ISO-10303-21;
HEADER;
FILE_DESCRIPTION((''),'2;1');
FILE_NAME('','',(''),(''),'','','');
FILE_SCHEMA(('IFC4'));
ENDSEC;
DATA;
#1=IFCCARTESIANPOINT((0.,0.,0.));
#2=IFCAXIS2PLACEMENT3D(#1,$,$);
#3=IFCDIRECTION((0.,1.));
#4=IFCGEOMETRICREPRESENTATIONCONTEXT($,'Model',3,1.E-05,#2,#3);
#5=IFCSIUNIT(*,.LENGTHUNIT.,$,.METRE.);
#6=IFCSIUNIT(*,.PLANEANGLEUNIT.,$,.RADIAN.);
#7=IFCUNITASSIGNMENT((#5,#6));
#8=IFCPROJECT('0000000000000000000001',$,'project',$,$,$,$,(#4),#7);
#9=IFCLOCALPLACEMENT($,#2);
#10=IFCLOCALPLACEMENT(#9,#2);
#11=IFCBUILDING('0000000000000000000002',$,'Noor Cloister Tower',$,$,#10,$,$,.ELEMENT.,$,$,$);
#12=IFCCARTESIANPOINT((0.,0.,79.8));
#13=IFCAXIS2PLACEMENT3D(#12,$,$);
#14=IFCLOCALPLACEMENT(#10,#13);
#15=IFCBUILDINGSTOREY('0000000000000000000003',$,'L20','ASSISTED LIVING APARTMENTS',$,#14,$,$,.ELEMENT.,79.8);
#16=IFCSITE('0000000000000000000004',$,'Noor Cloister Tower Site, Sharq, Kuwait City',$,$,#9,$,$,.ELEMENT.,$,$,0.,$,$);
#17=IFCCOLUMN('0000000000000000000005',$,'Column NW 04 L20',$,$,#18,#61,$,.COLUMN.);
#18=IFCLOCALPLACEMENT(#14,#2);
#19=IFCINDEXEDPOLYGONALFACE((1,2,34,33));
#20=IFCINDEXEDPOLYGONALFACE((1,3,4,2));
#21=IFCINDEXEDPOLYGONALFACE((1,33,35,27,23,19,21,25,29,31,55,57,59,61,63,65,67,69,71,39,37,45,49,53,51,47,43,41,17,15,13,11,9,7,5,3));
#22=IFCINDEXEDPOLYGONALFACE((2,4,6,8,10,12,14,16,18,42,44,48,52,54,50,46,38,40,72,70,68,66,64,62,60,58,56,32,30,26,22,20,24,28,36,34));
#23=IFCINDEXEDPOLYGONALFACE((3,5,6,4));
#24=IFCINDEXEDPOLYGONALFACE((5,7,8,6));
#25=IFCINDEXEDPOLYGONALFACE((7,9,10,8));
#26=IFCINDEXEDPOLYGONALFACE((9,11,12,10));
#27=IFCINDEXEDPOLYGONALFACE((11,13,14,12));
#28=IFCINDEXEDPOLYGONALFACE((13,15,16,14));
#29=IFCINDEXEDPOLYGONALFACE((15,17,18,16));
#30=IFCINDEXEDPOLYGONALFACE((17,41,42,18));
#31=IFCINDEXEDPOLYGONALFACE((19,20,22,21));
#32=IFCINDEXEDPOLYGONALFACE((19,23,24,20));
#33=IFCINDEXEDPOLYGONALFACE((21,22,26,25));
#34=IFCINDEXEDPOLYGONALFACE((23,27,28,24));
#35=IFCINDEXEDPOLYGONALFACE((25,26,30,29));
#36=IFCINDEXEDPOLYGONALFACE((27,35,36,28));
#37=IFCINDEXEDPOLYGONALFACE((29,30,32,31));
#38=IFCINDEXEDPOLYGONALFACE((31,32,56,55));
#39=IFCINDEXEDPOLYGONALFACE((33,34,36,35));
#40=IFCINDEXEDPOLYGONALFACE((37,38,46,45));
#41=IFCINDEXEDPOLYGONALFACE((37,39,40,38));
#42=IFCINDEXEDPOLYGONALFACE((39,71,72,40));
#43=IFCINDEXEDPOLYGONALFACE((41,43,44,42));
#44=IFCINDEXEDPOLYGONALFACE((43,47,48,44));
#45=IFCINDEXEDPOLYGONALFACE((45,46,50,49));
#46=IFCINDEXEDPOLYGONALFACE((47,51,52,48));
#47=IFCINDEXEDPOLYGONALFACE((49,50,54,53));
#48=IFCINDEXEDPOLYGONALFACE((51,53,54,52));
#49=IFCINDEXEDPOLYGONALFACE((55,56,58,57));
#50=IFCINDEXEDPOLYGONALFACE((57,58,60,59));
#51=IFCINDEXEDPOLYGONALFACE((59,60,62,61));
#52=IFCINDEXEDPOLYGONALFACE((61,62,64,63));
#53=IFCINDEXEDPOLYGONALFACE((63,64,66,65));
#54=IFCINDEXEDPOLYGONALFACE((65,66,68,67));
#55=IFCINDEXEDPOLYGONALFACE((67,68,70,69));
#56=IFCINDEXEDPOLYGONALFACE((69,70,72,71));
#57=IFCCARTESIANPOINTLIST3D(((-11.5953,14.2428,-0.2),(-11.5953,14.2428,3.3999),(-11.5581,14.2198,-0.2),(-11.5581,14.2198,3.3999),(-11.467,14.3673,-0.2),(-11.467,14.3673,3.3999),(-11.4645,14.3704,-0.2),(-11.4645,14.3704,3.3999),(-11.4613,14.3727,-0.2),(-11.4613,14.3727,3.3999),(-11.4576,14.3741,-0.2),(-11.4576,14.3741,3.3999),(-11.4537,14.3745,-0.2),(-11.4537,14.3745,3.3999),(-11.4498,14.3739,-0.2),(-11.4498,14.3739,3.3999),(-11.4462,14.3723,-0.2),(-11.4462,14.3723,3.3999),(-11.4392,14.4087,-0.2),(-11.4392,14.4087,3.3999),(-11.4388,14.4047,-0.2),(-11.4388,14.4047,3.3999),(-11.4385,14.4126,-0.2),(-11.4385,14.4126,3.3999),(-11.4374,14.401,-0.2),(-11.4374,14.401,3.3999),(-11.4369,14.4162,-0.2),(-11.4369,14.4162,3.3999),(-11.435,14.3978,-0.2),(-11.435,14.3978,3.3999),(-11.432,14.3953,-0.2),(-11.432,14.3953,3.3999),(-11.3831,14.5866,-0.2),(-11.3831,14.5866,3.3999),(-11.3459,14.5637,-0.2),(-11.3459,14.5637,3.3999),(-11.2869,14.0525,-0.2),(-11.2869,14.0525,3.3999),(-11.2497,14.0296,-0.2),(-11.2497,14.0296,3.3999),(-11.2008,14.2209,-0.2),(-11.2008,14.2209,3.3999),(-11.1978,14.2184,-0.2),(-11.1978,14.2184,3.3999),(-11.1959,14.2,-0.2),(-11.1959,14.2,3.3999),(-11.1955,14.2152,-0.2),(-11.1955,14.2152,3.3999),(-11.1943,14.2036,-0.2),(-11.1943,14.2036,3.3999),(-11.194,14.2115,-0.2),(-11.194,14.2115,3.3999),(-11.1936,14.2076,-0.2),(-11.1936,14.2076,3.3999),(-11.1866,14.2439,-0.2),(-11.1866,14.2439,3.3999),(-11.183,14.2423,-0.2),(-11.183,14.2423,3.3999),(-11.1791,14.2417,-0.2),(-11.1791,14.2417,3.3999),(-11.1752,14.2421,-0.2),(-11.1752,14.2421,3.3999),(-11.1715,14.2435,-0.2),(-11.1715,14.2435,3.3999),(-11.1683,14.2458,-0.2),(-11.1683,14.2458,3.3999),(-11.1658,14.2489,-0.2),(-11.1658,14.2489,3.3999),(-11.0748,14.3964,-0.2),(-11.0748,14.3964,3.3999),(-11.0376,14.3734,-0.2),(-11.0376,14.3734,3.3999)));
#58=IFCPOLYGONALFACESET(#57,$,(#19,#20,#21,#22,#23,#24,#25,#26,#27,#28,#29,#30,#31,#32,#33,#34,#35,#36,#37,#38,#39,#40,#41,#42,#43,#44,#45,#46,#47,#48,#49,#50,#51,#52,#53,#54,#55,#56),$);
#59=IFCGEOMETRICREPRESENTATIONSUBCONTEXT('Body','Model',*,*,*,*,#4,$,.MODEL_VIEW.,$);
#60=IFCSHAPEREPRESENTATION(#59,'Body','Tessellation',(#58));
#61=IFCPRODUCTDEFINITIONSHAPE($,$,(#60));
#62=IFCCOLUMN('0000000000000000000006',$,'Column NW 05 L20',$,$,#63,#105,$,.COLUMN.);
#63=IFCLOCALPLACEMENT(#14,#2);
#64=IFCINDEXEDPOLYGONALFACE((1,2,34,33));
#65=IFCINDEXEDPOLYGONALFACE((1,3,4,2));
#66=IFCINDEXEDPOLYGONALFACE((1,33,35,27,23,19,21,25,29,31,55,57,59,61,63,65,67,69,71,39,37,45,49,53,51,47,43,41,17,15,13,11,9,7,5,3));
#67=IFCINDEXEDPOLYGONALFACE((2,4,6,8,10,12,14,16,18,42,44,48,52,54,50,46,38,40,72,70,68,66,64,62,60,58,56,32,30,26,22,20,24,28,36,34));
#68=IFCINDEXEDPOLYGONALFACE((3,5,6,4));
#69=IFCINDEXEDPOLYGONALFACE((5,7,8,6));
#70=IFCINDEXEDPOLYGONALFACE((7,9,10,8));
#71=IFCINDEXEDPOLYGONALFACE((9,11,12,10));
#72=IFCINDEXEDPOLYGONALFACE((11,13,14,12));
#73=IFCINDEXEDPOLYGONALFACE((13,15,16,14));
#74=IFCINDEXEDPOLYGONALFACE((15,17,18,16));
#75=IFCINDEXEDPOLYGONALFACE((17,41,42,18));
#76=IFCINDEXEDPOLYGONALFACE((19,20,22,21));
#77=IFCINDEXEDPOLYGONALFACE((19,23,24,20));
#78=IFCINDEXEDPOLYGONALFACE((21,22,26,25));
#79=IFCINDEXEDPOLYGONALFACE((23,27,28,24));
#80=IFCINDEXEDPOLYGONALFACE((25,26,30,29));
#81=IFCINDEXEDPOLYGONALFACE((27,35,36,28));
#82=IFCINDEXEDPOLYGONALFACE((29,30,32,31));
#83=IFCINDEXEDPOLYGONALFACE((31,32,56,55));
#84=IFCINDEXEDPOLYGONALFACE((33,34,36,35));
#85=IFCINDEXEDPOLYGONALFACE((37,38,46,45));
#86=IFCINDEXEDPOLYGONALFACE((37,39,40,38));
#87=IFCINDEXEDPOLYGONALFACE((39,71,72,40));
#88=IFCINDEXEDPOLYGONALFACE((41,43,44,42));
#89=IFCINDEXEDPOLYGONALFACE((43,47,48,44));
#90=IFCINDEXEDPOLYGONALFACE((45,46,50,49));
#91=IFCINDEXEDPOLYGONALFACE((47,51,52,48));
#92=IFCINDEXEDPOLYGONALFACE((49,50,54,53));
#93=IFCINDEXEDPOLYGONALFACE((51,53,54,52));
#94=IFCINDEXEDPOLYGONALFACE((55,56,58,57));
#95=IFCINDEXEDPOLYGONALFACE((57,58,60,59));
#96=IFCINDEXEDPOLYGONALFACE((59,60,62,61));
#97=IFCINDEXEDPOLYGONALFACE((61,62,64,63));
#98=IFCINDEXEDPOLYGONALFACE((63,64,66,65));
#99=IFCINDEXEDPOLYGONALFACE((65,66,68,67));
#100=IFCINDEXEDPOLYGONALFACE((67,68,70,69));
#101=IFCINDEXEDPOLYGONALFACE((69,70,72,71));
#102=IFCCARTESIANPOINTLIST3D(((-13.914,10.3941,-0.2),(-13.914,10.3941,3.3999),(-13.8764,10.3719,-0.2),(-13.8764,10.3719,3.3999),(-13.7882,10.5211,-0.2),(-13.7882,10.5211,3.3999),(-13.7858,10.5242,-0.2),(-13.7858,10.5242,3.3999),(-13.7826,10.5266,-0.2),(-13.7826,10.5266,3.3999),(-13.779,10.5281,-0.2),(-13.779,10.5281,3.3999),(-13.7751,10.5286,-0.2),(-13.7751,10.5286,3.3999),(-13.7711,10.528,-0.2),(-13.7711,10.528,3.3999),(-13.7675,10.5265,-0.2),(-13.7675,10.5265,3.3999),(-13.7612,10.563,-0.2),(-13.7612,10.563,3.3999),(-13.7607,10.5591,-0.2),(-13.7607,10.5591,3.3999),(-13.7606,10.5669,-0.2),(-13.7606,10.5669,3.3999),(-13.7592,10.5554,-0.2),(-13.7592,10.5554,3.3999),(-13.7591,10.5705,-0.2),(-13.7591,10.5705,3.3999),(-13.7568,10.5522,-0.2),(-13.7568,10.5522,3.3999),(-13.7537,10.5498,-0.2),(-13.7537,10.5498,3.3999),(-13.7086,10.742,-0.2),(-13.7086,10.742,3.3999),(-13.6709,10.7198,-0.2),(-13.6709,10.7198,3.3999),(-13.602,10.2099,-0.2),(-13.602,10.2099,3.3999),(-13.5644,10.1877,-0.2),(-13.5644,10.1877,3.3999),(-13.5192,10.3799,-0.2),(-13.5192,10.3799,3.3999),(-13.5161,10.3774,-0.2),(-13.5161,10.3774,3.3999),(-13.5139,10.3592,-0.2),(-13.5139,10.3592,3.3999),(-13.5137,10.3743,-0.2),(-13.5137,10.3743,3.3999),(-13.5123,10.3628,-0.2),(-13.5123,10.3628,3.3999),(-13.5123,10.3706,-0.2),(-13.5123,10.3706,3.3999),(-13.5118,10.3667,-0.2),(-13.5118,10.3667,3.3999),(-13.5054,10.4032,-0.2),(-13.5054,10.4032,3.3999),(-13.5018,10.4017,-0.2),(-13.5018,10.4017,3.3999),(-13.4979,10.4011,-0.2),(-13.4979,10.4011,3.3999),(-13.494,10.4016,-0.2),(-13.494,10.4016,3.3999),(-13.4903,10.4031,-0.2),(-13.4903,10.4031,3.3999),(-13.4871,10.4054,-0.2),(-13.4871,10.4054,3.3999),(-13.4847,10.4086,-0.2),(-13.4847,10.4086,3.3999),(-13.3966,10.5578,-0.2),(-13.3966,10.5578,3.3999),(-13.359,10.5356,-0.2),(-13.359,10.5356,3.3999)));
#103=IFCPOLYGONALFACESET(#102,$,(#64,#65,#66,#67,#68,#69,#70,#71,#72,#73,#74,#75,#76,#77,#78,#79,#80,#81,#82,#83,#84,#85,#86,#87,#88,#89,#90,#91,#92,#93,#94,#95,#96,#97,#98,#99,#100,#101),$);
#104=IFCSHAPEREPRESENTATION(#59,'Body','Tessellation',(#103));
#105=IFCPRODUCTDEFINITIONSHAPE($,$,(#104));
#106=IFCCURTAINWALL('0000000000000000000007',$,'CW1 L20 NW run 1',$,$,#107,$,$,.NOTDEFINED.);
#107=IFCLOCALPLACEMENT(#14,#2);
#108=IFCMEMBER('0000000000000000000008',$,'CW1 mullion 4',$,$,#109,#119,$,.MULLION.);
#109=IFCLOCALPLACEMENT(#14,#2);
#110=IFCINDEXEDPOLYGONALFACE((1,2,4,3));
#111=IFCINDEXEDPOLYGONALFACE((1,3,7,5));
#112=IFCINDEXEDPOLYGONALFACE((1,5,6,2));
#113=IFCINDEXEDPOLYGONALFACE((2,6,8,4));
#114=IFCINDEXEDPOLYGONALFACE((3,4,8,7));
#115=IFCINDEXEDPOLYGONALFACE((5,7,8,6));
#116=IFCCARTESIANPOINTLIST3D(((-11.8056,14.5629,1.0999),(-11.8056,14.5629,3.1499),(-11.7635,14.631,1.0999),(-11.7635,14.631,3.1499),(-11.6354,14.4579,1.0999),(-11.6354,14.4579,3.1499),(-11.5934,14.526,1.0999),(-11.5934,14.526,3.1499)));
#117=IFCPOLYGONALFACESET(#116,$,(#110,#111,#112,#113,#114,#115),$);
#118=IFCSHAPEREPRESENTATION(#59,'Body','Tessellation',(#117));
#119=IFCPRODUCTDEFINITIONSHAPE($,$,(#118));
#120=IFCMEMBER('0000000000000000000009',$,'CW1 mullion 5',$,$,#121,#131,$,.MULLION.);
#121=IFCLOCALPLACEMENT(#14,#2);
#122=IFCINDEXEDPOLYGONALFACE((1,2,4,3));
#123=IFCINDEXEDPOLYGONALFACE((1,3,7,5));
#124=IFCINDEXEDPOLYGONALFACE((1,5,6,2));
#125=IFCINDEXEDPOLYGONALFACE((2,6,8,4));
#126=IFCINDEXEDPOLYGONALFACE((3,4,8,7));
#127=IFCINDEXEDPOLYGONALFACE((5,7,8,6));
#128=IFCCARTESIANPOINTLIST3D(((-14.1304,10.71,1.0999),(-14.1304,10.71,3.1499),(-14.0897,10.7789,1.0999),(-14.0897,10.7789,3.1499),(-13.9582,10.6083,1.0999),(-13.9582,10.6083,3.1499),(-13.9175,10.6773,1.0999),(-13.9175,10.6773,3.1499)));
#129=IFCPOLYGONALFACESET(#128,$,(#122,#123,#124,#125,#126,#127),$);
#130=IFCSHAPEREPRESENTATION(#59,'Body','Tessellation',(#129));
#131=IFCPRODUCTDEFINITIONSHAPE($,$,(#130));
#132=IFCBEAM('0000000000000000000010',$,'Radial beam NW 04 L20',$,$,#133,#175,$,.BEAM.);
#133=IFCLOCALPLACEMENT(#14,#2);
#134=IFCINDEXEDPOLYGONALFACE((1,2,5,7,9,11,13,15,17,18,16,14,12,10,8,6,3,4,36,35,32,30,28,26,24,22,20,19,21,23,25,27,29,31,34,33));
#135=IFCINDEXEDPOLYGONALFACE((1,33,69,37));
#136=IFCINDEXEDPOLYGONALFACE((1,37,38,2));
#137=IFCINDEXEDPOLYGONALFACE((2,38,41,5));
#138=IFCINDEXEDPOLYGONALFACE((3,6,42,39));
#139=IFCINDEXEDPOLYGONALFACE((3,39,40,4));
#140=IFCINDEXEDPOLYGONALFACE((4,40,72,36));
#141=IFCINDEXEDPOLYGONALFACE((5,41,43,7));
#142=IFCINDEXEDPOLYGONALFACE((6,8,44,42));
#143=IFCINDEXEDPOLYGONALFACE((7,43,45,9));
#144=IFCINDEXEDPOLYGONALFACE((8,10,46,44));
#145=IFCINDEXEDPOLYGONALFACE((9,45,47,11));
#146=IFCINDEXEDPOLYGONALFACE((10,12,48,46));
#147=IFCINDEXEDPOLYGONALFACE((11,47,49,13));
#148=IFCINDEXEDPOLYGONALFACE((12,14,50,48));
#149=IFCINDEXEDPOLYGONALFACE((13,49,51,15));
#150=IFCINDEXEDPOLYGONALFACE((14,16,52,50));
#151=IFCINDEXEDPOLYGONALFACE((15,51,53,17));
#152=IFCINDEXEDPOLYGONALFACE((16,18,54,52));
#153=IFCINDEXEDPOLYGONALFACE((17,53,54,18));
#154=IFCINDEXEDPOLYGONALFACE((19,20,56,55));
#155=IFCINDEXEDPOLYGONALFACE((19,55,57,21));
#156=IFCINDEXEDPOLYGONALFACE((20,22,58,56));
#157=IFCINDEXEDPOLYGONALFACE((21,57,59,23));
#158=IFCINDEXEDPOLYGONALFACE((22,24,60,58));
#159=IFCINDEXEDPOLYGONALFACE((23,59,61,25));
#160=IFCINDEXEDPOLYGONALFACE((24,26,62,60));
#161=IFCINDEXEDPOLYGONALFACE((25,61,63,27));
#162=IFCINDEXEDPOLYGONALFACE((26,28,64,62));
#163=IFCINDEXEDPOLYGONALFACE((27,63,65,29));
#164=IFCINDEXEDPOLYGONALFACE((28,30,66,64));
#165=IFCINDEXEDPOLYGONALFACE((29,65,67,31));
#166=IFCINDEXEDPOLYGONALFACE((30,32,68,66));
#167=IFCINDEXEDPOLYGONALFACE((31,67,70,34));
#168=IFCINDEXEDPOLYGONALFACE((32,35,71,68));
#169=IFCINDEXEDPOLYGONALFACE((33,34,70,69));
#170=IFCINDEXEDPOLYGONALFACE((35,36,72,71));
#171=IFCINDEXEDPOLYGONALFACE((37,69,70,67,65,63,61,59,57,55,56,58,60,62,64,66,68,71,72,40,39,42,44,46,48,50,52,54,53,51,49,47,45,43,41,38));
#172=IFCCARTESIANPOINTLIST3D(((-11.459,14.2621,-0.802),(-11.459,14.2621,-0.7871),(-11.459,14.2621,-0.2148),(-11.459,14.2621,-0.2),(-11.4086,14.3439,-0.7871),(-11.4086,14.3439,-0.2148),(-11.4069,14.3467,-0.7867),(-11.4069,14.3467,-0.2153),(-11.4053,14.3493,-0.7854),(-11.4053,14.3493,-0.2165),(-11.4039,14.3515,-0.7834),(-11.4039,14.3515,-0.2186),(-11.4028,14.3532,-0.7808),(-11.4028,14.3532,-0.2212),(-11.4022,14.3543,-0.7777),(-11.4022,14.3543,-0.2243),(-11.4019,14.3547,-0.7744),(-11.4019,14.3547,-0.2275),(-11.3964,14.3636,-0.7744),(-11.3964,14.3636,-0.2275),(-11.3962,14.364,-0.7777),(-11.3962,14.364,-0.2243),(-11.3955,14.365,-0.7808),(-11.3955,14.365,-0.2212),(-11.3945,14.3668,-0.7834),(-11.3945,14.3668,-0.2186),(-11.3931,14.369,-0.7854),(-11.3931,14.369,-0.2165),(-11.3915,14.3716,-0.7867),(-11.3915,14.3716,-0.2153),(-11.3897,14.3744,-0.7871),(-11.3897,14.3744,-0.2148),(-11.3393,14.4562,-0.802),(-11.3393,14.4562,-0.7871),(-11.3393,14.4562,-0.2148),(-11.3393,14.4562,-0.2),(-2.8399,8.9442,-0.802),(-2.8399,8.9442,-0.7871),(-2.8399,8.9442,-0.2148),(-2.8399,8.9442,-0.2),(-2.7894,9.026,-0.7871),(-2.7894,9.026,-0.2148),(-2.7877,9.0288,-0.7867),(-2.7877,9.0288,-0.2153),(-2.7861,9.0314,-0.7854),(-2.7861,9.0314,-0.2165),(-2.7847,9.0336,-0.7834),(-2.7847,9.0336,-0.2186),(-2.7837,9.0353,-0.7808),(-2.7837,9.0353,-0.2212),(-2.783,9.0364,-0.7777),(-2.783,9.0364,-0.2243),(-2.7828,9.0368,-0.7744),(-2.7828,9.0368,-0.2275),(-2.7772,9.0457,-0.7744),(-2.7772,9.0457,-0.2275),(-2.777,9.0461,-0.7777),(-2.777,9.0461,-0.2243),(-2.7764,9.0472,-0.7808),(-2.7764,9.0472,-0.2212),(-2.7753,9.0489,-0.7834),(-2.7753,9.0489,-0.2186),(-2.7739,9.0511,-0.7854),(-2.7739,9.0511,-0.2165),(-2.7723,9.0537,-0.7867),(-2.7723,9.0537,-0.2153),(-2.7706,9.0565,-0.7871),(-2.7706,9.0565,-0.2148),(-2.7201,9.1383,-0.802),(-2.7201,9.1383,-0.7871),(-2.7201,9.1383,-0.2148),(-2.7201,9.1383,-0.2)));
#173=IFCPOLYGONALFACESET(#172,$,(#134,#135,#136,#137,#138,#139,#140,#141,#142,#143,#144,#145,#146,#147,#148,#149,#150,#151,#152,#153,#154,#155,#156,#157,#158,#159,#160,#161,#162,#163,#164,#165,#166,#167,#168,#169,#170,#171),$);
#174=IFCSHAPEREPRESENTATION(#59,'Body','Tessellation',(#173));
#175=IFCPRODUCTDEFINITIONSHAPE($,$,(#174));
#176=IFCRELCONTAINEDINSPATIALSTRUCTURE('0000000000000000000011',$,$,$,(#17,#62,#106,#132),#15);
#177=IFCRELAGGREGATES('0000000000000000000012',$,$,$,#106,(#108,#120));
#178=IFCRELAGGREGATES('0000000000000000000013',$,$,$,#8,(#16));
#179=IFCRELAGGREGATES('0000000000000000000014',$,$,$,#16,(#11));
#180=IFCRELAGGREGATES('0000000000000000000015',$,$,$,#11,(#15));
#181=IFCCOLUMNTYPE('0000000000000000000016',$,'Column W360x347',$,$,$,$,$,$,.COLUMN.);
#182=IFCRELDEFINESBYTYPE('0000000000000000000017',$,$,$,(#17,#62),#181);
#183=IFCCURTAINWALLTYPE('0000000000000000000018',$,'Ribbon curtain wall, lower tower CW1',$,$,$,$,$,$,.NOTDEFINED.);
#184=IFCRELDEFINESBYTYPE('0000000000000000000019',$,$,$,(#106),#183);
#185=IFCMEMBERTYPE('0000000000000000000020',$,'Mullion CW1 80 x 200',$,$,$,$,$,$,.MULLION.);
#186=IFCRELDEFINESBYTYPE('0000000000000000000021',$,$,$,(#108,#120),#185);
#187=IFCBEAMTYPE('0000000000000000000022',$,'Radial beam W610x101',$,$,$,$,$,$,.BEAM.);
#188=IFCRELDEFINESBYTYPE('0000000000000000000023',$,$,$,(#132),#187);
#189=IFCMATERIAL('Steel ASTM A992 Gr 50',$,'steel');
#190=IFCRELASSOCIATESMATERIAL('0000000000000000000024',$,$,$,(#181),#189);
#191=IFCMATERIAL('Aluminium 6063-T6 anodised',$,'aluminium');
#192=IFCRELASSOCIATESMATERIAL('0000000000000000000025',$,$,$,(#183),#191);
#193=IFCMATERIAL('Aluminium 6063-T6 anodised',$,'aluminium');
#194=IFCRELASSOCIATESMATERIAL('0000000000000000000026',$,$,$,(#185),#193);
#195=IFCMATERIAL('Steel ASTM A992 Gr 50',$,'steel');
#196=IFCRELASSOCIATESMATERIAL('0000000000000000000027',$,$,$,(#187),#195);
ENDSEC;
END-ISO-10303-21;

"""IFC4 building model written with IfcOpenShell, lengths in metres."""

from ifc_helpers import new_model, si_unit, direction, frame, origin, origin_2d, place, context, subcontext, project, spatial, rectangle, i_section, extrude, material, material_profile, profile_set, type_object, element, aggregate, save


model = new_model("IFC4")

# Units and contexts
model_context = context("Model", 3, precision=1e-05, world=origin(), true_north=direction((0.0, 1.0)))
body_context = subcontext(model_context, "Body", "Model", "MODEL_VIEW")
ifc_project = project(units=[si_unit("LENGTHUNIT", "METRE"), si_unit("PLANEANGLEUNIT", "RADIAN")], contexts=[model_context])

# Site, building, storey
site_placement = place(None, origin())
site = spatial("IfcSite", under=ifc_project, at=site_placement, Name="Noor Cloister Tower Site, Sharq, Kuwait City", CompositionType="ELEMENT", RefElevation=0.0)
building_placement = place(site_placement, origin())
building = spatial("IfcBuilding", under=site, at=building_placement, Name="Noor Cloister Tower", CompositionType="ELEMENT")
storey_placement = place(building_placement, frame((0.0, 0.0, 79.8)))
storey = spatial("IfcBuildingStorey", under=building, at=storey_placement, Name="L20", Description="ASSISTED LIVING APARTMENTS", CompositionType="ELEMENT", Elevation=79.8)

# Columns
ifc_material_1 = material(Name="Steel ASTM A992 Gr 50", Category="steel")
ifc_material_profile_1 = material_profile(ifc_material_1, i_section(OverallWidth=0.4041, OverallDepth=0.406, WebThickness=0.0271, FlangeThickness=0.0437, FilletRadius=0.0151, at=origin_2d()), Name="W360x347")
ifc_profile_set_1 = profile_set([ifc_material_profile_1], Name="Steel ASTM A992 Gr 50")
column_type = type_object("IfcColumnType", Name="Column W360x347", PredefinedType="COLUMN", material=ifc_profile_set_1)
for number, where, z_axis, x_axis, name in (
    (1, (-11.3164, 14.3081, -0.2), (0.0, 0.0, 1.0), (-0.525088, -0.851048, 0.0), "Column NW 04 L20"),
    (2, (-13.6365, 10.4648, -0.2), (0.0, 0.0, 1.0), (-0.508411, -0.861114, 0.0), "Column NW 05 L20"),
):
    element("IfcColumn", number, at=place(storey_placement, frame(where, z_axis=z_axis, x_axis=x_axis)), inside=storey, type_object=column_type, Name=name, PredefinedType="COLUMN", context=body_context, shape_type="SweptSolid", body=[
        extrude(i_section(OverallWidth=0.4041, OverallDepth=0.406, WebThickness=0.0271, FlangeThickness=0.0437, FilletRadius=0.0151, at=origin_2d()), origin(), (0.0, 0.0, 1.0), 3.5999),
    ])

# Curtain wall, members
ifc_material_2 = material(Name="Aluminium 6063-T6 anodised", Category="aluminium")
curtain_wall_type = type_object("IfcCurtainWallType", Name="Ribbon curtain wall, lower tower CW1", PredefinedType="NOTDEFINED", material=ifc_material_2)
curtain_wall_placement = place(storey_placement, origin())
curtain_wall = element("IfcCurtainWall", 3, at=curtain_wall_placement, inside=storey, type_object=curtain_wall_type, Name="CW1 L20 NW run 1", PredefinedType="NOTDEFINED")
ifc_material_3 = material(Name="Aluminium 6063-T6 anodised", Category="aluminium")
ifc_material_profile_2 = material_profile(ifc_material_3, rectangle(XDim=0.2, YDim=0.0801, at=origin_2d()), Name="200 x 80 mullion")
ifc_profile_set_2 = profile_set([ifc_material_profile_2], Name="Aluminium 6063-T6 anodised")
member_type = type_object("IfcMemberType", Name="Mullion CW1 80 x 200", PredefinedType="MULLION", material=ifc_profile_set_2)
member_1_placement = place(storey_placement, frame((-11.6995, 14.5444, 1.0999), z_axis=(0.0, 0.0, 1.0), x_axis=(0.851048, -0.525088, 0.0)))
member_1 = element("IfcMember", 4, at=member_1_placement, type_object=member_type, Name="CW1 mullion 4", PredefinedType="MULLION", context=body_context, shape_type="SweptSolid", body=[
    extrude(rectangle(XDim=0.2, YDim=0.0801, at=origin_2d()), origin(), (0.0, 0.0, 1.0), 2.05),
])
member_2_placement = place(storey_placement, frame((-14.0239, 10.6936, 1.0999), z_axis=(0.0, 0.0, 1.0), x_axis=(0.861114, -0.508411, 0.0)))
member_2 = element("IfcMember", 5, at=member_2_placement, type_object=member_type, Name="CW1 mullion 5", PredefinedType="MULLION", context=body_context, shape_type="SweptSolid", body=[
    extrude(rectangle(XDim=0.2, YDim=0.0801, at=origin_2d()), origin(), (0.0, 0.0, 1.0), 2.05),
])

# Beam
ifc_material_4 = material(Name="Steel ASTM A992 Gr 50", Category="steel")
ifc_material_profile_3 = material_profile(ifc_material_4, i_section(OverallWidth=0.228, OverallDepth=0.6021, WebThickness=0.0105, FlangeThickness=0.0149, FilletRadius=0.0127, at=origin_2d()), Name="W610x101")
ifc_profile_set_3 = profile_set([ifc_material_profile_3], Name="Steel ASTM A992 Gr 50")
beam_type_1 = type_object("IfcBeamType", Name="Radial beam W610x101", PredefinedType="BEAM", material=ifc_profile_set_3)
beam_1_placement = place(storey_placement, frame((-11.3992, 14.3591, -0.501), z_axis=(0.85105, -0.525084, 0.0), x_axis=(0.525084, 0.85105, 0.0)))
element("IfcBeam", 6, at=beam_1_placement, inside=storey, type_object=beam_type_1, Name="Radial beam NW 04 L20", PredefinedType="BEAM", context=body_context, shape_type="SweptSolid", body=[
    extrude(i_section(OverallWidth=0.228, OverallDepth=0.6021, WebThickness=0.0105, FlangeThickness=0.0149, FilletRadius=0.0127, at=origin_2d()), origin(), (0.0, 0.0, 1.0), 10.1277),
])

aggregate(curtain_wall, [member_1, member_2])

save(model, "model.ifc")
